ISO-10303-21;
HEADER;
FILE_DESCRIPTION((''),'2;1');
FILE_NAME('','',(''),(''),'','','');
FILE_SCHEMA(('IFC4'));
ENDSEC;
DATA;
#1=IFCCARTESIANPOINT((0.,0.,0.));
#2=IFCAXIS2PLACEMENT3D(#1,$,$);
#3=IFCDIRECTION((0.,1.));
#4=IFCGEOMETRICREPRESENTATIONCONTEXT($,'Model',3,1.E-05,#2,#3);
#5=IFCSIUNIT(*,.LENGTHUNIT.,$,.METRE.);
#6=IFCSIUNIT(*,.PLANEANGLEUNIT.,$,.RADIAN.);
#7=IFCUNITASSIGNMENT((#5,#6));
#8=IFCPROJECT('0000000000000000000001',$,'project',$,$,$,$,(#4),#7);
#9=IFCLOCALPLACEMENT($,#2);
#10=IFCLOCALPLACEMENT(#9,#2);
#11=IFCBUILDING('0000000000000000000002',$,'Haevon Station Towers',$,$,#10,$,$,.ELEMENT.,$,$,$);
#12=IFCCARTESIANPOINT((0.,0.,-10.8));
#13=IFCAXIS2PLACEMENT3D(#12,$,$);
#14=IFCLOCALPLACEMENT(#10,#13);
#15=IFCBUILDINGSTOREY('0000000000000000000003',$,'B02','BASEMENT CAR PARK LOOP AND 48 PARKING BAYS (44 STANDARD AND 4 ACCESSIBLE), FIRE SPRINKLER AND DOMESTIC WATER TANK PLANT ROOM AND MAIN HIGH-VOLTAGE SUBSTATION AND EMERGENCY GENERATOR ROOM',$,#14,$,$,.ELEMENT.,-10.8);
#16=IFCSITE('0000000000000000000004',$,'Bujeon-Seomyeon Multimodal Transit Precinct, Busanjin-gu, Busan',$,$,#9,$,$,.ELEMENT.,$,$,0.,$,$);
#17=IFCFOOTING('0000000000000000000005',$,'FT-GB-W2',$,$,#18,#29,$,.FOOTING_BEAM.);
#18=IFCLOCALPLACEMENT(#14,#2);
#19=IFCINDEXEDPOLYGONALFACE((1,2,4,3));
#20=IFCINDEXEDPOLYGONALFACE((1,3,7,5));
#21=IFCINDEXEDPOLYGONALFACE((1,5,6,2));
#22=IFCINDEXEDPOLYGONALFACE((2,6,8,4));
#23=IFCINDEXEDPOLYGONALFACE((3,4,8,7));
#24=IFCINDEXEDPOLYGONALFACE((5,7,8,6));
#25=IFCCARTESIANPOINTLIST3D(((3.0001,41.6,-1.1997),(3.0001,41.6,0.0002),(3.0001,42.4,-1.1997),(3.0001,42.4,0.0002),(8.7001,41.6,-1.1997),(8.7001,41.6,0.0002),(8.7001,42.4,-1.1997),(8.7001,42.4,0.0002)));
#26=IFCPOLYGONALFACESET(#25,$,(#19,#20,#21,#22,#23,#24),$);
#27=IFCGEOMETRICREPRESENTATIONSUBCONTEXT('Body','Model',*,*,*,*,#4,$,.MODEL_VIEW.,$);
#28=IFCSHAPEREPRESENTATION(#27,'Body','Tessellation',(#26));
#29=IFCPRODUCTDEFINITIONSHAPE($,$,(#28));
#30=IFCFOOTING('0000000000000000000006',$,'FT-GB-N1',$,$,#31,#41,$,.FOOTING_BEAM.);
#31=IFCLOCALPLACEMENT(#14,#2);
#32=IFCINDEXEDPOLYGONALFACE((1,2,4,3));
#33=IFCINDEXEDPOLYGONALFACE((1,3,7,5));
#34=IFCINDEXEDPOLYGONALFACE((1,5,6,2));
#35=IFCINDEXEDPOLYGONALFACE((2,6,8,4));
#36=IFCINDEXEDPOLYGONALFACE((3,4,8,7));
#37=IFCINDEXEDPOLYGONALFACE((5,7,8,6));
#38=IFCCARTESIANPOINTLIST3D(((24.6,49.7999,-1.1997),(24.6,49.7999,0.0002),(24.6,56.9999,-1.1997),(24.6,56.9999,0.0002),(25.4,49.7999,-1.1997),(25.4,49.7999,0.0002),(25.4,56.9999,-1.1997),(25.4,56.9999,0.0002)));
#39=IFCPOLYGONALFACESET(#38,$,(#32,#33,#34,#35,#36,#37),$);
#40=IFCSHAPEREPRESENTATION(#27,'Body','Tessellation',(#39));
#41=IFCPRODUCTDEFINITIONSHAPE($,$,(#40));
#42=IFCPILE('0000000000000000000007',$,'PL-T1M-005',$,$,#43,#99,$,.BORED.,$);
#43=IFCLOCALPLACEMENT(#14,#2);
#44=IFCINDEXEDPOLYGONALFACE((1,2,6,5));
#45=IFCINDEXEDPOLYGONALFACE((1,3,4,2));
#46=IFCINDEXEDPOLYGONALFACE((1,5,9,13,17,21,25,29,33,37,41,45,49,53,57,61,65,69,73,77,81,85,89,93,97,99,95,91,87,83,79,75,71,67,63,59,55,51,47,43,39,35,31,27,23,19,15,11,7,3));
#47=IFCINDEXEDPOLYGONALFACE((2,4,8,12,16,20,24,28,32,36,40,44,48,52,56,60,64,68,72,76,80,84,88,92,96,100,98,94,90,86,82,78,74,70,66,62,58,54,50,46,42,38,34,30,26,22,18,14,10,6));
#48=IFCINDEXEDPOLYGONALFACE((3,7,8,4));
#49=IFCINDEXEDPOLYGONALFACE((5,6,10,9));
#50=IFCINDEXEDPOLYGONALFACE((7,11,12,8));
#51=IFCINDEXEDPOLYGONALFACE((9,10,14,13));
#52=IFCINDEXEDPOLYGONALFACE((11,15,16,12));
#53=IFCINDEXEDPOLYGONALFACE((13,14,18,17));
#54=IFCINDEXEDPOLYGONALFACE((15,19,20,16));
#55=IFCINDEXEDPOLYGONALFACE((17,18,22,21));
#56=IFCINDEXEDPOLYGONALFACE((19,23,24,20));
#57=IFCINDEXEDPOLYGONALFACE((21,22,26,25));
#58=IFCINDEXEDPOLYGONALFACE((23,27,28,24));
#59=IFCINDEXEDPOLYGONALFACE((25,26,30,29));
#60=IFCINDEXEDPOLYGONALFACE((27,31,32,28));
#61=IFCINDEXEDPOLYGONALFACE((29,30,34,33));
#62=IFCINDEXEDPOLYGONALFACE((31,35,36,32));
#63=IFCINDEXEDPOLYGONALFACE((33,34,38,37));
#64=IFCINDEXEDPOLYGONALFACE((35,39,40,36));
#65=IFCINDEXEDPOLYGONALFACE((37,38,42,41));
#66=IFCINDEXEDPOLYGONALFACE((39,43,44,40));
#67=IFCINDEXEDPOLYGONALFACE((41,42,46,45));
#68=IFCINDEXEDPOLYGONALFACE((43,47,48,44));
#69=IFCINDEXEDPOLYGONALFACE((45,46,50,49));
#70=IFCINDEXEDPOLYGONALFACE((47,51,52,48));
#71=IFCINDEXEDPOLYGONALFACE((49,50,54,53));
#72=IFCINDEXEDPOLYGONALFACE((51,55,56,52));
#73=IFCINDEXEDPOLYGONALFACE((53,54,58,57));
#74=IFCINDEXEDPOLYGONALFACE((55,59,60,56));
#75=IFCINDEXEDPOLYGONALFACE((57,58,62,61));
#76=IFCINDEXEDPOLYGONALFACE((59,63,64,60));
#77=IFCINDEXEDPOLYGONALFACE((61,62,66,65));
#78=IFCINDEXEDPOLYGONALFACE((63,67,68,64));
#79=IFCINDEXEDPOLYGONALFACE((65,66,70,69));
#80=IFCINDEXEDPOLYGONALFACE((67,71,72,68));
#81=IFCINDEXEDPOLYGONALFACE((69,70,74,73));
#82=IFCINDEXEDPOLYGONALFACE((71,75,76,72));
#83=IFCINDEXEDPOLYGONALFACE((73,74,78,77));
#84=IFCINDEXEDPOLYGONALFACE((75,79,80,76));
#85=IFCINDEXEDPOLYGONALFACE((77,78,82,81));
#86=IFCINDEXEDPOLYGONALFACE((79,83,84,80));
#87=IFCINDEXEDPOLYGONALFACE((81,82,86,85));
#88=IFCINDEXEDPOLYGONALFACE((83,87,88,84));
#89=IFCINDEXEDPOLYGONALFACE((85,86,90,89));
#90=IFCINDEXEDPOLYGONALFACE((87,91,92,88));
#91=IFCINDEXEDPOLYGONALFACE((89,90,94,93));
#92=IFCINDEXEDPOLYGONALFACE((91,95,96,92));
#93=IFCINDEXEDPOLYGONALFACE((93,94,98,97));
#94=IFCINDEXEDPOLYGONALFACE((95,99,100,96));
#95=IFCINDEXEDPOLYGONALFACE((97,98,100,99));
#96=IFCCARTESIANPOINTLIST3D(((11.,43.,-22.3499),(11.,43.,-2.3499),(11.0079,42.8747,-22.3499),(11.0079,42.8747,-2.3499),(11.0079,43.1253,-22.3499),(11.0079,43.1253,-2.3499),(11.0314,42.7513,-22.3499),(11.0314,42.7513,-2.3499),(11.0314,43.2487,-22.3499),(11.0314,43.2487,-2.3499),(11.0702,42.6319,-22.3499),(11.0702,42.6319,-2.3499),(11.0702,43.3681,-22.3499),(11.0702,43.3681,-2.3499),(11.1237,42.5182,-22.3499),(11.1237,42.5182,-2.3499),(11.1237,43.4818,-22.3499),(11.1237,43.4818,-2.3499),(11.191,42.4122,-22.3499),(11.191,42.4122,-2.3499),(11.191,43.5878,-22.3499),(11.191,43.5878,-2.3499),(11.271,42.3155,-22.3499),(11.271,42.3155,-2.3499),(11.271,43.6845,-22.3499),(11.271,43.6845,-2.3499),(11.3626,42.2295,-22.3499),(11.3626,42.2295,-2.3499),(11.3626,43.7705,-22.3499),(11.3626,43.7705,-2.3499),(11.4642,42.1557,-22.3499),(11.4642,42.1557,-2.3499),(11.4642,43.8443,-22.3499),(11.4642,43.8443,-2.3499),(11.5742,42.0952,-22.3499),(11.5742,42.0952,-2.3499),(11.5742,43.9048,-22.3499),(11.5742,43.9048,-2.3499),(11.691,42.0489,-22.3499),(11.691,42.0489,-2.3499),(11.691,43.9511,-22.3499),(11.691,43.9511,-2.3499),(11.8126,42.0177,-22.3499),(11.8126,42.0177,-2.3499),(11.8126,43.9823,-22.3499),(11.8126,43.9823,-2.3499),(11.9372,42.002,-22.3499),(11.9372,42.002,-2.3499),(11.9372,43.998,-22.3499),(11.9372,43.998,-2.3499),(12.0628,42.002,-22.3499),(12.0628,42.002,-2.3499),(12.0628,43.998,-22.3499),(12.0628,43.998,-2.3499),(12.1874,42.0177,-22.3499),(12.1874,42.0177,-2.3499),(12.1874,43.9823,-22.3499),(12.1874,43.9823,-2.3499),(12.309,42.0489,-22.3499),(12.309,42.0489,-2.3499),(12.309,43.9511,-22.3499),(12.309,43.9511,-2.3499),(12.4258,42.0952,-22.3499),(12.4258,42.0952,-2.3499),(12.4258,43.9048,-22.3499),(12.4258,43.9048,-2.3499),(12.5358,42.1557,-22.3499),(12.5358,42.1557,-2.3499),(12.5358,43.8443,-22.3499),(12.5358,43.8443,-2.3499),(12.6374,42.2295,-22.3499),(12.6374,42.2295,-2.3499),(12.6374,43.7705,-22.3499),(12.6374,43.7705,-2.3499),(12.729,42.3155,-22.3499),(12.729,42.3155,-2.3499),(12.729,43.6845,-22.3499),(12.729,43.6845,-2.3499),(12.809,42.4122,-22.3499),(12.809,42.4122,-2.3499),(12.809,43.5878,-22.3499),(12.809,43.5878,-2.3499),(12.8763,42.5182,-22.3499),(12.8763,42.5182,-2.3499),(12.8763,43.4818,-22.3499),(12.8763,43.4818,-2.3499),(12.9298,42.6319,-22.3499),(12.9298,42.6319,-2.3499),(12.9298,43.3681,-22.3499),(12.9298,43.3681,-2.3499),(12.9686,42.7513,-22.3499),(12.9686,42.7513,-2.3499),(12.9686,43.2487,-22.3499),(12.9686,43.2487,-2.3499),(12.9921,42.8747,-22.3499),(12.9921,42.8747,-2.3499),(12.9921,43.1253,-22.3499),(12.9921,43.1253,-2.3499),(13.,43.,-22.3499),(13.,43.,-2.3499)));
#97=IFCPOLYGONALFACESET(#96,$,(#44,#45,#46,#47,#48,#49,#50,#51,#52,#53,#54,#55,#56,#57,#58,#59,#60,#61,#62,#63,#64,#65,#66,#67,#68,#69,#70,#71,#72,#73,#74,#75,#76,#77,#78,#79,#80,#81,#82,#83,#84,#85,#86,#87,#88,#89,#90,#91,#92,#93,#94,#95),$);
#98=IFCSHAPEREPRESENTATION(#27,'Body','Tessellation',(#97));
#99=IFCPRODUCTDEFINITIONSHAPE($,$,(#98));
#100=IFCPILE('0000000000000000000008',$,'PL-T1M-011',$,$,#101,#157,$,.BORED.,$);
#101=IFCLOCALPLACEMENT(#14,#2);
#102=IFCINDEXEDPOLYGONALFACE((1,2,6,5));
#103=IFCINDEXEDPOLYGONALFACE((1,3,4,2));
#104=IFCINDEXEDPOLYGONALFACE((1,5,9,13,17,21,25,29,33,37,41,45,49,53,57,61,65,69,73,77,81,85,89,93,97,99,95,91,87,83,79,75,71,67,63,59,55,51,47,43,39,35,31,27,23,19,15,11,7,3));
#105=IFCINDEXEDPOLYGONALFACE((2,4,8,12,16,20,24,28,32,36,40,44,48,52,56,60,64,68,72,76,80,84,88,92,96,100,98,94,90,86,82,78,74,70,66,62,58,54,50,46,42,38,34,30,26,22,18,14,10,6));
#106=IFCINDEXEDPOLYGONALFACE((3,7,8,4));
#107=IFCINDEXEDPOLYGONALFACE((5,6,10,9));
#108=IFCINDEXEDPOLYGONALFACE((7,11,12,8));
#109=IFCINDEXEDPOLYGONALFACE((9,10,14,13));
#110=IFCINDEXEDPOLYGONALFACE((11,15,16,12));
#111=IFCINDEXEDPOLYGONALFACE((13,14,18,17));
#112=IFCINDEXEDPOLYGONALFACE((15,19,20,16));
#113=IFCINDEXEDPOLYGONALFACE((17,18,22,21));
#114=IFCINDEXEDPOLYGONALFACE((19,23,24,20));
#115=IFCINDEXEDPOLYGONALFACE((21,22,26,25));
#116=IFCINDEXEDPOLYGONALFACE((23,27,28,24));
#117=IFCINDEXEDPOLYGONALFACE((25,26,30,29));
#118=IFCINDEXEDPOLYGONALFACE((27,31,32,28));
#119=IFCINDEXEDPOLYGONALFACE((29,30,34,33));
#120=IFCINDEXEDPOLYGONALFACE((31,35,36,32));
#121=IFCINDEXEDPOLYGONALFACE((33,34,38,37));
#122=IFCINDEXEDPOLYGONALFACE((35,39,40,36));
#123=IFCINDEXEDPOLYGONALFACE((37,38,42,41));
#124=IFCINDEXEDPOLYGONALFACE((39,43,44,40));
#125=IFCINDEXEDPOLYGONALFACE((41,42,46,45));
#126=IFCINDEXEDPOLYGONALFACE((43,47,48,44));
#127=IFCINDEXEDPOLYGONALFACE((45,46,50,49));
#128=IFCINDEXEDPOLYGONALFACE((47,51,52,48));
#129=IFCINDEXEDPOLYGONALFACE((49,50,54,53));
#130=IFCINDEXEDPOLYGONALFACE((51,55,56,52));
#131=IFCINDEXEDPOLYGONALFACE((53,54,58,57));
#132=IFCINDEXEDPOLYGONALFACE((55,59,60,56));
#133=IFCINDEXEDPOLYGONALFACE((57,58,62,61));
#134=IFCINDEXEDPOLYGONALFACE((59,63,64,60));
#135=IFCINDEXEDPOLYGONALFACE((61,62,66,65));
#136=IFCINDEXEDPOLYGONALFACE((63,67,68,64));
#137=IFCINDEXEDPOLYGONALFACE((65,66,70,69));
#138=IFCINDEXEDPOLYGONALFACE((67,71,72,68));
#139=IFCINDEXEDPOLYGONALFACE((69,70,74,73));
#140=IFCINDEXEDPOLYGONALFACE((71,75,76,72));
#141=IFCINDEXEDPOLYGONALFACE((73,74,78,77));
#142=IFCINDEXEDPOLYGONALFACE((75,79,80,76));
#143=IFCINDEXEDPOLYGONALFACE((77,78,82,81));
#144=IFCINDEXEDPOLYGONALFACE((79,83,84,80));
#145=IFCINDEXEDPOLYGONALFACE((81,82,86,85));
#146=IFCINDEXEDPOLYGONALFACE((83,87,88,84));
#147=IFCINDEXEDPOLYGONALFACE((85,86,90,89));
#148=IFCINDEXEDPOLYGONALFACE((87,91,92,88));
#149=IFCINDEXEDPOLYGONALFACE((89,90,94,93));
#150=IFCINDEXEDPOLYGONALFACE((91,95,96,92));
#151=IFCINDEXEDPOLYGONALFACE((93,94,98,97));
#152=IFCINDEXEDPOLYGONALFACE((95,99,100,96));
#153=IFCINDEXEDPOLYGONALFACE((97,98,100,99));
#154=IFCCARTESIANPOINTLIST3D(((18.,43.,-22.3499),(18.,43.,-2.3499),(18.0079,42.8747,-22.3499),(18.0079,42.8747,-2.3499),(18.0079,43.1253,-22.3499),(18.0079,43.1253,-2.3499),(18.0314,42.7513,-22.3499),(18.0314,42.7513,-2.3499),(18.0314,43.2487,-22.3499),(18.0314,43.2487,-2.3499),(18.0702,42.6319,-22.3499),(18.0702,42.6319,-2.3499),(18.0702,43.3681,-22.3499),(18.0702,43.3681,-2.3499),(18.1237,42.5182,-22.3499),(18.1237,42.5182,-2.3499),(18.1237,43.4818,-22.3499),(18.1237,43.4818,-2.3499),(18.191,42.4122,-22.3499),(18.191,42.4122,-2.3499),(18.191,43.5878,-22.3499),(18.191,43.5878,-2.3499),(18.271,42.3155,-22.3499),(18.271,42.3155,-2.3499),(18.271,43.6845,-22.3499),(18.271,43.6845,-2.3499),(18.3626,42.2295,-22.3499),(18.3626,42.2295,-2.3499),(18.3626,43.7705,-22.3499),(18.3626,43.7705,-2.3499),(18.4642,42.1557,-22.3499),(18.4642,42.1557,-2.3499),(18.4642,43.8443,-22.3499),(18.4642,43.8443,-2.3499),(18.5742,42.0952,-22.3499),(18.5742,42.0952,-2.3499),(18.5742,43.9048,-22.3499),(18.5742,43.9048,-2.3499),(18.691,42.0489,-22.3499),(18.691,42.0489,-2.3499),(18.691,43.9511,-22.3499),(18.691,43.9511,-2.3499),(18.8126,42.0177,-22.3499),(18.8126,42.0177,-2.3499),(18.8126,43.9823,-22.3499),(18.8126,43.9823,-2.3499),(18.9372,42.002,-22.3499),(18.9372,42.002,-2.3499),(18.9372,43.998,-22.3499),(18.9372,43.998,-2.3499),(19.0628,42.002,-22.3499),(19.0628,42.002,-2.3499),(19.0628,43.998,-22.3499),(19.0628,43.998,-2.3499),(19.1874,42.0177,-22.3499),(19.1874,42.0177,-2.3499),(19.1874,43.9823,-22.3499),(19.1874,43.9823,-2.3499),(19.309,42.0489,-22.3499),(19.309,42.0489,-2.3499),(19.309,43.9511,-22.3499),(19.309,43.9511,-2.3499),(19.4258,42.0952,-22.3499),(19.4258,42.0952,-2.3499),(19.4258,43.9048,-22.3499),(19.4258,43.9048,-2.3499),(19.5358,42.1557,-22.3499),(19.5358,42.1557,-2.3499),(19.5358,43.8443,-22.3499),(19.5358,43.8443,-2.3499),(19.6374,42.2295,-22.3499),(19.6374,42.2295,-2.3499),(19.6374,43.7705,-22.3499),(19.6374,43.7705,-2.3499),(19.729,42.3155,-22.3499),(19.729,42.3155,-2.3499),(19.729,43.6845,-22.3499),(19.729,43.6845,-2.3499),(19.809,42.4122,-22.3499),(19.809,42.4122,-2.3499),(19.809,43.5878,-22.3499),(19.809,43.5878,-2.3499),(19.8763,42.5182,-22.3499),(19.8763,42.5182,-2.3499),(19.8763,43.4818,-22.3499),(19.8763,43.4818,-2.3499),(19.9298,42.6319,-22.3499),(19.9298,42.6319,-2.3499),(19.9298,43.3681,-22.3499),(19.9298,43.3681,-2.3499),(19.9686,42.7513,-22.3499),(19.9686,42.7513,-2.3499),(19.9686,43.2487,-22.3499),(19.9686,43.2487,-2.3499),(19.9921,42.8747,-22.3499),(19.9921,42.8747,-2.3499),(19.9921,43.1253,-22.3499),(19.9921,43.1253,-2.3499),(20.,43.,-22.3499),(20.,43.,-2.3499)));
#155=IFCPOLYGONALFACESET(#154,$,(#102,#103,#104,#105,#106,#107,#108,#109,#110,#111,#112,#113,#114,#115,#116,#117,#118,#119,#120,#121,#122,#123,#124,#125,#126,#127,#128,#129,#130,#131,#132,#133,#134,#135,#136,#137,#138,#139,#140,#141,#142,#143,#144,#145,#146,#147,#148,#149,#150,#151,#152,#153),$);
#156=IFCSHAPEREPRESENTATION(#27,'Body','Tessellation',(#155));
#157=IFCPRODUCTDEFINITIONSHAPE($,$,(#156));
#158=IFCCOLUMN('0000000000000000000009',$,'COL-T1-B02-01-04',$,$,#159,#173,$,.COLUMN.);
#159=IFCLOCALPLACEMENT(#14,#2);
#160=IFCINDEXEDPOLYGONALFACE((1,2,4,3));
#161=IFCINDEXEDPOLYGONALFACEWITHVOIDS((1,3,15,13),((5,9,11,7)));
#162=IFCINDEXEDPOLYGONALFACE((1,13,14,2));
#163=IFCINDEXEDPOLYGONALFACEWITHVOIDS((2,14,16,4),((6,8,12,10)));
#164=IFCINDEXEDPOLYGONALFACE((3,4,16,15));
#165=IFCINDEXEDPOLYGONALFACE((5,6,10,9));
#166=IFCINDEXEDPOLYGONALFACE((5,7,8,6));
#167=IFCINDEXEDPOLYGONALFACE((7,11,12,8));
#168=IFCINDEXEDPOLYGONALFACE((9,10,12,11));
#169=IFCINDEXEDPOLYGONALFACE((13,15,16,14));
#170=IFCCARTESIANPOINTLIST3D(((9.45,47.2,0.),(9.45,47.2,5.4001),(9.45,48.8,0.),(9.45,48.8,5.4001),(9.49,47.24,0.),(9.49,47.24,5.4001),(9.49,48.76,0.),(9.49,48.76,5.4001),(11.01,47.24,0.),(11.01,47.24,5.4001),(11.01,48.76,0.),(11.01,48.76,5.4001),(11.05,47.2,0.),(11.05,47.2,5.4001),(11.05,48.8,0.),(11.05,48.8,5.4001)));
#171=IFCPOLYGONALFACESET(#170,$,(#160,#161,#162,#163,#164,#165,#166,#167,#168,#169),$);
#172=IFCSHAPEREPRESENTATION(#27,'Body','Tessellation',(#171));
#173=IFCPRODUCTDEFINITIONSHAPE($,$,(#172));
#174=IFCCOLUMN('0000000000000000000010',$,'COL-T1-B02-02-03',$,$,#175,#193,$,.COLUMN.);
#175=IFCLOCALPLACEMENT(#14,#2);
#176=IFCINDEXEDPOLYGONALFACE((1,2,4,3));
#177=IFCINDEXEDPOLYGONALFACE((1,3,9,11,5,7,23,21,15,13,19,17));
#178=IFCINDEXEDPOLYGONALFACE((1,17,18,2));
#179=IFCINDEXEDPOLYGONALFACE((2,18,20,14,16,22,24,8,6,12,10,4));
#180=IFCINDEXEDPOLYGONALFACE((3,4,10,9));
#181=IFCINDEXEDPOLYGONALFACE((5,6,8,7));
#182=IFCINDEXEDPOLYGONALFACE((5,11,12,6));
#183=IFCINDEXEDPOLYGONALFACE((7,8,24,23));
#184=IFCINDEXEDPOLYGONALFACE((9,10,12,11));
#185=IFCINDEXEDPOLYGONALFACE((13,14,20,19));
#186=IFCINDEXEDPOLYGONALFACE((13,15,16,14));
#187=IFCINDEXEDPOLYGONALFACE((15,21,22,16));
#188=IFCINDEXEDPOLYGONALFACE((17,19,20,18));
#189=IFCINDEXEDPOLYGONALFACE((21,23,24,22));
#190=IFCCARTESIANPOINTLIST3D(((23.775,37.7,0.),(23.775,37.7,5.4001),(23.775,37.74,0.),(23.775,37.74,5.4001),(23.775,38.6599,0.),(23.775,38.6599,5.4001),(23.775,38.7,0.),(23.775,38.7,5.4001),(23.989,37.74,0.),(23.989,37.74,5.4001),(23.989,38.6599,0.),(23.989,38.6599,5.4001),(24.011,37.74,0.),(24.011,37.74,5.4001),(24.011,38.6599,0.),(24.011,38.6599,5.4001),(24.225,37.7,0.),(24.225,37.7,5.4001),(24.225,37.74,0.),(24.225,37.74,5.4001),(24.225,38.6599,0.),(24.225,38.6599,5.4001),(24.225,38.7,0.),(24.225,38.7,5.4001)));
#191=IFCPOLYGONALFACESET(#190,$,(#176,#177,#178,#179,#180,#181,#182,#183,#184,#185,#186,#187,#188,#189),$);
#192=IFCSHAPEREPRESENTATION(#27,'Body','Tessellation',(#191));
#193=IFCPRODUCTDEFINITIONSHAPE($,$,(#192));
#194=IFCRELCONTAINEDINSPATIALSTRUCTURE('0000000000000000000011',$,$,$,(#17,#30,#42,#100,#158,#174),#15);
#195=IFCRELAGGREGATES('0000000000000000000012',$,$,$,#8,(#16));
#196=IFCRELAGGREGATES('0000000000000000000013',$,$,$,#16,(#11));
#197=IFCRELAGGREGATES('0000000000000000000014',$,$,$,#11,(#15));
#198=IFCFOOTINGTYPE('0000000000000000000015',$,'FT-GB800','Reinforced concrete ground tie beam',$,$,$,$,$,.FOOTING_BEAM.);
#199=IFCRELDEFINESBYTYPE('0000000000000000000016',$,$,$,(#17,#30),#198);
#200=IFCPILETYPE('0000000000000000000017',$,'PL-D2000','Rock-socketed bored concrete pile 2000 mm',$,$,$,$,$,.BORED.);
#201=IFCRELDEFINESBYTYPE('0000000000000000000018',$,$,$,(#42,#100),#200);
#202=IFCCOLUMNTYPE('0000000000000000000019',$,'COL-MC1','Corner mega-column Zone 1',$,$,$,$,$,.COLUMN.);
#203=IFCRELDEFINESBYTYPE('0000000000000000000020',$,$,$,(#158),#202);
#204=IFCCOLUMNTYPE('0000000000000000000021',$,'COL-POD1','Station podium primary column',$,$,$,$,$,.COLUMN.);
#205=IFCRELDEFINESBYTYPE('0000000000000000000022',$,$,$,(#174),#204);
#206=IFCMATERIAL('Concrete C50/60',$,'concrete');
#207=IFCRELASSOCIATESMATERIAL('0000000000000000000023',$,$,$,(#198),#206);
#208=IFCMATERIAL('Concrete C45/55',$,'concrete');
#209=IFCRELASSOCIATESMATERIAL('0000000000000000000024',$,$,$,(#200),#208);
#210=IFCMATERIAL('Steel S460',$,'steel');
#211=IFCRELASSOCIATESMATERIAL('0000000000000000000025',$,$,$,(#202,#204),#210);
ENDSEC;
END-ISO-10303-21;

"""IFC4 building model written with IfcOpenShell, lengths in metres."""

from ifc_helpers import new_model, si_unit, direction, frame, origin, origin_2d, place, context, subcontext, project, spatial, rectangle, hollow_rectangle, circle, i_section, extrude, material, material_profile, profile_set, type_object, element, save


model = new_model("IFC4")

# Units and contexts
model_context = context("Model", 3, precision=1e-05, world=origin(), true_north=direction((0.0, 1.0)))
body_context = subcontext(model_context, "Body", "Model", "MODEL_VIEW")
ifc_project = project(units=[si_unit("LENGTHUNIT", "METRE"), si_unit("PLANEANGLEUNIT", "RADIAN")], contexts=[model_context])

# Site, building, storey
site_placement = place(None, origin())
site = spatial("IfcSite", under=ifc_project, at=site_placement, Name="Bujeon-Seomyeon Multimodal Transit Precinct, Busanjin-gu, Busan", CompositionType="ELEMENT", RefElevation=0.0)
building_placement = place(site_placement, origin())
building = spatial("IfcBuilding", under=site, at=building_placement, Name="Haevon Station Towers", CompositionType="ELEMENT")
storey_placement = place(building_placement, frame((0.0, 0.0, -10.8)))
storey = spatial("IfcBuildingStorey", under=building, at=storey_placement, Name="B02", Description="BASEMENT CAR PARK LOOP AND 48 PARKING BAYS (44 STANDARD AND 4 ACCESSIBLE), FIRE SPRINKLER AND DOMESTIC WATER TANK PLANT ROOM AND MAIN HIGH-VOLTAGE SUBSTATION AND EMERGENCY GENERATOR ROOM", CompositionType="ELEMENT", Elevation=-10.8)

# Footings
ifc_material_1 = material(Name="Concrete C50/60", Category="concrete")
footing_type = type_object("IfcFootingType", Name="FT-GB800", Description="Reinforced concrete ground tie beam", PredefinedType="FOOTING_BEAM", material=ifc_material_1)
footing_1_placement = place(storey_placement, frame((5.8501, 42.0, -1.1997), z_axis=(0.0, 0.0, 1.0), x_axis=(1.0, 0.0, 0.0)))
element("IfcFooting", 1, at=footing_1_placement, inside=storey, type_object=footing_type, Name="FT-GB-W2", PredefinedType="FOOTING_BEAM", context=body_context, shape_type="SweptSolid", body=[
    extrude(rectangle(XDim=5.7, YDim=0.8, at=origin_2d()), origin(), (0.0, 0.0, 1.0), 1.2),
])
footing_2_placement = place(storey_placement, frame((25.0, 53.3999, -1.1997), z_axis=(0.0, 0.0, 1.0), x_axis=(0.0, 1.0, 0.0)))
element("IfcFooting", 2, at=footing_2_placement, inside=storey, type_object=footing_type, Name="FT-GB-N1", PredefinedType="FOOTING_BEAM", context=body_context, shape_type="SweptSolid", body=[
    extrude(rectangle(XDim=7.2, YDim=0.8, at=origin_2d()), origin(), (0.0, 0.0, 1.0), 1.2),
])

# Piles
ifc_material_2 = material(Name="Concrete C45/55", Category="concrete")
ifc_material_profile_1 = material_profile(ifc_material_2, circle(Radius=1.0, at=origin_2d()), Name="PILE-D2000")
ifc_profile_set_1 = profile_set([ifc_material_profile_1], Name="Concrete C45/55")
pile_type = type_object("IfcPileType", Name="PL-D2000", Description="Rock-socketed bored concrete pile 2000 mm", PredefinedType="BORED", material=ifc_profile_set_1)
for number, where, z_axis, x_axis, name in (
    (3, (12.0, 43.0, -2.3499), (0.0, 0.0, -1.0), (1.0, 0.0, 0.0), "PL-T1M-005"),
    (4, (19.0, 43.0, -2.3499), (0.0, 0.0, -1.0), (1.0, 0.0, 0.0), "PL-T1M-011"),
):
    element("IfcPile", number, at=place(storey_placement, frame(where, z_axis=z_axis, x_axis=x_axis)), inside=storey, type_object=pile_type, Name=name, PredefinedType="BORED", context=body_context, shape_type="SweptSolid", body=[
        extrude(circle(Radius=1.0, at=origin_2d()), origin(), (0.0, 0.0, 1.0), 20.0),
    ])

# Columns
ifc_material_3 = material(Name="Steel S460", Category="steel")
ifc_material_profile_2 = material_profile(ifc_material_3, hollow_rectangle(XDim=1.6001, YDim=1.6001, WallThickness=0.04, at=origin_2d()), Name="BOX-1600x1600x40")
ifc_profile_set_2 = profile_set([ifc_material_profile_2], Name="Steel S460")
column_type_1 = type_object("IfcColumnType", Name="COL-MC1", Description="Corner mega-column Zone 1", PredefinedType="COLUMN", material=ifc_profile_set_2)
column_placement = place(storey_placement, frame((10.25, 48.0, 0.0), z_axis=(0.0, 0.0, 1.0), x_axis=(1.0, 0.0, 0.0)))
element("IfcColumn", 5, at=column_placement, inside=storey, type_object=column_type_1, Name="COL-T1-B02-01-04", PredefinedType="COLUMN", context=body_context, shape_type="SweptSolid", body=[
    extrude(hollow_rectangle(XDim=1.6001, YDim=1.6001, WallThickness=0.04, at=origin_2d()), origin(), (0.0, 0.0, 1.0), 5.4001),
])
ifc_material_profile_3 = material_profile(ifc_material_3, i_section(OverallWidth=0.45, OverallDepth=1.0, WebThickness=0.022, FlangeThickness=0.04, at=origin_2d()), Name="H-1000x450x22x40")
ifc_profile_set_3 = profile_set([ifc_material_profile_3], Name="Steel S460")
column_type_2 = type_object("IfcColumnType", Name="COL-POD1", Description="Station podium primary column", PredefinedType="COLUMN", material=ifc_profile_set_3)
for number, where, z_axis, x_axis, name in (
    (6, (24.0, 38.2, 0.0), (0.0, 0.0, 1.0), (1.0, 0.0, 0.0), "COL-T1-B02-02-03"),
):
    element("IfcColumn", number, at=place(storey_placement, frame(where, z_axis=z_axis, x_axis=x_axis)), inside=storey, type_object=column_type_2, Name=name, PredefinedType="COLUMN", context=body_context, shape_type="SweptSolid", body=[
        extrude(i_section(OverallWidth=0.45, OverallDepth=1.0, WebThickness=0.022, FlangeThickness=0.04, at=origin_2d()), origin(), (0.0, 0.0, 1.0), 5.4001),
    ])

save(model, "model.ifc")
